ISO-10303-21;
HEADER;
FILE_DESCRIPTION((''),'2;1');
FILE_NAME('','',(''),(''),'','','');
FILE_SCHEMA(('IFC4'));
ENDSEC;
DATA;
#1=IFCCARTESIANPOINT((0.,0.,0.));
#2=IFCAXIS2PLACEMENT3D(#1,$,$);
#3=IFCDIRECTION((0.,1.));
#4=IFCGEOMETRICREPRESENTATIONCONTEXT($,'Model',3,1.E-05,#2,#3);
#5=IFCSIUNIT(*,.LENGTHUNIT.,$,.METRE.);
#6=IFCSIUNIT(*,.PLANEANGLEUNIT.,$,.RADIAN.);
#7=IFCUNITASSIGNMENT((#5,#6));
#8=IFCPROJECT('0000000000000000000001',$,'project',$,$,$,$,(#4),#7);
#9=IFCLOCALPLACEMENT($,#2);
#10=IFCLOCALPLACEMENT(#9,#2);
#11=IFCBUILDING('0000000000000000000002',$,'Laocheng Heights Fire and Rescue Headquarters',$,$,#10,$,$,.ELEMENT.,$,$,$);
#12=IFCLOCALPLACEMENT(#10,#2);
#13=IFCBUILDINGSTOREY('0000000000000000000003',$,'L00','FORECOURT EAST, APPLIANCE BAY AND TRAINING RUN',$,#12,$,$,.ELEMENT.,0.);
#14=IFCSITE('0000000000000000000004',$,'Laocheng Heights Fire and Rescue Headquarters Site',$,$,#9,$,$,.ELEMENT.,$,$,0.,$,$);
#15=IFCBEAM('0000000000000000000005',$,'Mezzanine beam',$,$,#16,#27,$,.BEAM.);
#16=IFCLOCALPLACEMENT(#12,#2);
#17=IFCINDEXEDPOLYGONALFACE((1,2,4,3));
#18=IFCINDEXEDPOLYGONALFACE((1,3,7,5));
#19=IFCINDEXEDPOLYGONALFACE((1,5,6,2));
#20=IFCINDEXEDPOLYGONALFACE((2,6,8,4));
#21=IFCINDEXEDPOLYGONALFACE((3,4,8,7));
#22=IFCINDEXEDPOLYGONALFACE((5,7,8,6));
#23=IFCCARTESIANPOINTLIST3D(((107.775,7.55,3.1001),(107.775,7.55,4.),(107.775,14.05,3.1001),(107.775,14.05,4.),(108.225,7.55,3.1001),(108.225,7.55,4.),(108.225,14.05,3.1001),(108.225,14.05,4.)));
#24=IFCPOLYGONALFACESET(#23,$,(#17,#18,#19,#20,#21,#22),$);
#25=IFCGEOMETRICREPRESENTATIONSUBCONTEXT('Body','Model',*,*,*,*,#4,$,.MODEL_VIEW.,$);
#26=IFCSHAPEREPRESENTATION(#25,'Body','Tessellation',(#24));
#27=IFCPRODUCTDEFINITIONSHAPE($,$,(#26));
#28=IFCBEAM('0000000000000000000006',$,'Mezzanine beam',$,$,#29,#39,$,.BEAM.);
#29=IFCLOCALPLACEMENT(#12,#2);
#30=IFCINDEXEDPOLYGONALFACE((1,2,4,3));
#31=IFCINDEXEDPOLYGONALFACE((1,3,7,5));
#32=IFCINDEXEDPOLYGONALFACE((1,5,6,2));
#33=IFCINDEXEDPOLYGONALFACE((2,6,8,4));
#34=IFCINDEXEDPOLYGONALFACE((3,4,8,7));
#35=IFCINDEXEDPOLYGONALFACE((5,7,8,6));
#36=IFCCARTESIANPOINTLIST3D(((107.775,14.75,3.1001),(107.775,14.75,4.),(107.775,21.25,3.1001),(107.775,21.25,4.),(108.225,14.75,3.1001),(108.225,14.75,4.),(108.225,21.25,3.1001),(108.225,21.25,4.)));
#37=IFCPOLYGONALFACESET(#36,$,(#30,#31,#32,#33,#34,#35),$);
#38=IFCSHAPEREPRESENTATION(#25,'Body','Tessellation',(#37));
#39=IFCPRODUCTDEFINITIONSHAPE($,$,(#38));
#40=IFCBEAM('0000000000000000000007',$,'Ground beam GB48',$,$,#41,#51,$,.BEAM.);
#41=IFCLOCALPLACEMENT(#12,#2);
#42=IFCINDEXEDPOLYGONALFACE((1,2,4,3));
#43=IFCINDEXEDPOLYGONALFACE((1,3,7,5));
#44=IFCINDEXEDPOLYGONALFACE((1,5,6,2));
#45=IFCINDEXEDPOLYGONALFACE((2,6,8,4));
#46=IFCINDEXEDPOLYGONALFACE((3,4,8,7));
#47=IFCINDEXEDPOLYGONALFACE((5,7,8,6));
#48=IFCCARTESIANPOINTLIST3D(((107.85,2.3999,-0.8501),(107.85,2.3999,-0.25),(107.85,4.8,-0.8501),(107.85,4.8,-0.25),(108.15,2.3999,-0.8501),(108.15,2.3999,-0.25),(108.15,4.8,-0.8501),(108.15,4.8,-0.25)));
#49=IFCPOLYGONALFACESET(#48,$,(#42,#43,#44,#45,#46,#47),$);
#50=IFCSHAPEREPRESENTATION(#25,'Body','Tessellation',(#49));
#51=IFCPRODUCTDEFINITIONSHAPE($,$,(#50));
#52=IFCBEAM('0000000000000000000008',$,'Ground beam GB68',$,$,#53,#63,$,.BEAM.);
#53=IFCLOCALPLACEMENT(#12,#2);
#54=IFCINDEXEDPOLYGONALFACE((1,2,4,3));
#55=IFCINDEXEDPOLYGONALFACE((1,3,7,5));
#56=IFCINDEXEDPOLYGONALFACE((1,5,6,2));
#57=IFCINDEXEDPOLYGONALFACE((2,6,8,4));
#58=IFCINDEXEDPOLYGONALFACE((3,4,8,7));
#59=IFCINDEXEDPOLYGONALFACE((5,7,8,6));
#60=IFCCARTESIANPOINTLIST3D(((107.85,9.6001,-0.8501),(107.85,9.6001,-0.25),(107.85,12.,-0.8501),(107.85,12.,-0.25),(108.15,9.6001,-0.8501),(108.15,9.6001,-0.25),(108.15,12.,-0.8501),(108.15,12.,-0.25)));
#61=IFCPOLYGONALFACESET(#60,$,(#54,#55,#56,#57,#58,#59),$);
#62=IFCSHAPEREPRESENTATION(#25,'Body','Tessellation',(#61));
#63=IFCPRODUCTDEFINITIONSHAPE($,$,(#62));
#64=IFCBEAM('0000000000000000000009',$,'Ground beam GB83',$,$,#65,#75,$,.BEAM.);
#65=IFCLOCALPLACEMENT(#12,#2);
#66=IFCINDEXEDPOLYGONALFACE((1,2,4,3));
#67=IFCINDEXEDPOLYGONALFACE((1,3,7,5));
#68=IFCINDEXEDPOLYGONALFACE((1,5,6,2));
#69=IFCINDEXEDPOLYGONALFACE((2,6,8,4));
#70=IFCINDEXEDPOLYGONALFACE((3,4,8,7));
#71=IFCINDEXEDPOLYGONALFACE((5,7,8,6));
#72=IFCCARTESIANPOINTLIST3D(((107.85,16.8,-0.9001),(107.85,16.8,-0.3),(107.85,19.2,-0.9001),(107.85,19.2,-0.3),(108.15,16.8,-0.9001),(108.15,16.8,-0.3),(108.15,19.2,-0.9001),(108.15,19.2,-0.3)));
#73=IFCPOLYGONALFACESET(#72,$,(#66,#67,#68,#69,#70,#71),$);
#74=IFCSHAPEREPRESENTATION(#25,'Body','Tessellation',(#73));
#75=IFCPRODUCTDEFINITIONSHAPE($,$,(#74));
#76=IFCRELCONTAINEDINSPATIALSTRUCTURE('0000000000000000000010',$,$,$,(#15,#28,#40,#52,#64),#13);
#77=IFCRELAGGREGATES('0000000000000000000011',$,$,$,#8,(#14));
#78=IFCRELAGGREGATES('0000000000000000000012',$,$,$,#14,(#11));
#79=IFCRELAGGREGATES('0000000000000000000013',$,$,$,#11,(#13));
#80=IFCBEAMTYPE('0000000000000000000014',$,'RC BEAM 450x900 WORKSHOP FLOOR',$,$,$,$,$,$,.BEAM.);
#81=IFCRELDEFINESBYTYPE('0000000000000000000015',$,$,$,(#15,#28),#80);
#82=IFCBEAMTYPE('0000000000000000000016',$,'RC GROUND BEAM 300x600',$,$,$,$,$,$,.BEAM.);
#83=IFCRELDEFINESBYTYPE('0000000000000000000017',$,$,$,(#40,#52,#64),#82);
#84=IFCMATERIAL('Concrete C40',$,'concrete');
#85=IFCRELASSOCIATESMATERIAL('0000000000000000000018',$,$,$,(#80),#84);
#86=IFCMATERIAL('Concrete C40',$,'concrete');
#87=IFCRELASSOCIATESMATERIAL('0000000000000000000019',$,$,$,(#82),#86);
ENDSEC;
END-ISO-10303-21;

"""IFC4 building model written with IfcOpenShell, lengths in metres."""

from ifc_helpers import new_model, si_unit, direction, frame, origin, origin_2d, place, context, subcontext, project, spatial, rectangle, extrude, material, material_profile, profile_set, type_object, element, save


model = new_model("IFC4")

# Units and contexts
model_context = context("Model", 3, precision=1e-05, world=origin(), true_north=direction((0.0, 1.0)))
body_context = subcontext(model_context, "Body", "Model", "MODEL_VIEW")
ifc_project = project(units=[si_unit("LENGTHUNIT", "METRE"), si_unit("PLANEANGLEUNIT", "RADIAN")], contexts=[model_context])

# Site, building, storey
site_placement = place(None, origin())
site = spatial("IfcSite", under=ifc_project, at=site_placement, Name="Laocheng Heights Fire and Rescue Headquarters Site", CompositionType="ELEMENT", RefElevation=0.0)
building_placement = place(site_placement, origin())
building = spatial("IfcBuilding", under=site, at=building_placement, Name="Laocheng Heights Fire and Rescue Headquarters", CompositionType="ELEMENT")
storey_placement = place(building_placement, origin())
storey = spatial("IfcBuildingStorey", under=building, at=storey_placement, Name="L00", Description="FORECOURT EAST, APPLIANCE BAY AND TRAINING RUN", CompositionType="ELEMENT", Elevation=0.0)

# Beams
ifc_material_1 = material(Name="Concrete C40", Category="concrete")
ifc_material_profile_1 = material_profile(ifc_material_1, rectangle(XDim=0.45, YDim=0.8999, at=origin_2d()), Name="RC BEAM 450x900 WORKSHOP FLOOR")
ifc_profile_set_1 = profile_set([ifc_material_profile_1], Name="Concrete C40")
beam_type_1 = type_object("IfcBeamType", Name="RC BEAM 450x900 WORKSHOP FLOOR", PredefinedType="BEAM", material=ifc_profile_set_1)
for number, where, z_axis, x_axis, name in (
    (1, (108.0, 7.55, 3.55), (0.0, 1.0, 0.0), (-1.0, 0.0, 0.0), "Mezzanine beam"),
    (2, (108.0, 14.75, 3.55), (0.0, 1.0, 0.0), (-1.0, 0.0, 0.0), "Mezzanine beam"),
):
    element("IfcBeam", number, at=place(storey_placement, frame(where, z_axis=z_axis, x_axis=x_axis)), inside=storey, type_object=beam_type_1, Name=name, PredefinedType="BEAM", context=body_context, shape_type="SweptSolid", body=[
        extrude(rectangle(XDim=0.45, YDim=0.8999, at=origin_2d()), origin(), (0.0, 0.0, 1.0), 6.5),
    ])
ifc_material_2 = material(Name="Concrete C40", Category="concrete")
ifc_material_profile_2 = material_profile(ifc_material_2, rectangle(XDim=0.3, YDim=0.6001, at=origin_2d()), Name="RC GROUND BEAM 300x600")
ifc_profile_set_2 = profile_set([ifc_material_profile_2], Name="Concrete C40")
beam_type_2 = type_object("IfcBeamType", Name="RC GROUND BEAM 300x600", PredefinedType="BEAM", material=ifc_profile_set_2)
beam_placement = place(storey_placement, frame((108.0, 2.3999, -0.55), z_axis=(0.0, 1.0, 0.0), x_axis=(-1.0, 0.0, 0.0)))
element("IfcBeam", 3, at=beam_placement, inside=storey, type_object=beam_type_2, Name="Ground beam GB48", PredefinedType="BEAM", context=body_context, shape_type="SweptSolid", body=[
    extrude(rectangle(XDim=0.3, YDim=0.6001, at=origin_2d()), origin(), (0.0, 0.0, 1.0), 2.4001),
])
for number, where, z_axis, x_axis, name in (
    (4, (108.0, 9.6001, -0.55), (0.0, 1.0, 0.0), (-1.0, 0.0, 0.0), "Ground beam GB68"),
    (5, (108.0, 16.8, -0.6001), (0.0, 1.0, 0.0), (-1.0, 0.0, 0.0), "Ground beam GB83"),
):
    element("IfcBeam", number, at=place(storey_placement, frame(where, z_axis=z_axis, x_axis=x_axis)), inside=storey, type_object=beam_type_2, Name=name, PredefinedType="BEAM", context=body_context, shape_type="SweptSolid", body=[
        extrude(rectangle(XDim=0.3, YDim=0.6001, at=origin_2d()), origin(), (0.0, 0.0, 1.0), 2.3999),
    ])

save(model, "model.ifc")
